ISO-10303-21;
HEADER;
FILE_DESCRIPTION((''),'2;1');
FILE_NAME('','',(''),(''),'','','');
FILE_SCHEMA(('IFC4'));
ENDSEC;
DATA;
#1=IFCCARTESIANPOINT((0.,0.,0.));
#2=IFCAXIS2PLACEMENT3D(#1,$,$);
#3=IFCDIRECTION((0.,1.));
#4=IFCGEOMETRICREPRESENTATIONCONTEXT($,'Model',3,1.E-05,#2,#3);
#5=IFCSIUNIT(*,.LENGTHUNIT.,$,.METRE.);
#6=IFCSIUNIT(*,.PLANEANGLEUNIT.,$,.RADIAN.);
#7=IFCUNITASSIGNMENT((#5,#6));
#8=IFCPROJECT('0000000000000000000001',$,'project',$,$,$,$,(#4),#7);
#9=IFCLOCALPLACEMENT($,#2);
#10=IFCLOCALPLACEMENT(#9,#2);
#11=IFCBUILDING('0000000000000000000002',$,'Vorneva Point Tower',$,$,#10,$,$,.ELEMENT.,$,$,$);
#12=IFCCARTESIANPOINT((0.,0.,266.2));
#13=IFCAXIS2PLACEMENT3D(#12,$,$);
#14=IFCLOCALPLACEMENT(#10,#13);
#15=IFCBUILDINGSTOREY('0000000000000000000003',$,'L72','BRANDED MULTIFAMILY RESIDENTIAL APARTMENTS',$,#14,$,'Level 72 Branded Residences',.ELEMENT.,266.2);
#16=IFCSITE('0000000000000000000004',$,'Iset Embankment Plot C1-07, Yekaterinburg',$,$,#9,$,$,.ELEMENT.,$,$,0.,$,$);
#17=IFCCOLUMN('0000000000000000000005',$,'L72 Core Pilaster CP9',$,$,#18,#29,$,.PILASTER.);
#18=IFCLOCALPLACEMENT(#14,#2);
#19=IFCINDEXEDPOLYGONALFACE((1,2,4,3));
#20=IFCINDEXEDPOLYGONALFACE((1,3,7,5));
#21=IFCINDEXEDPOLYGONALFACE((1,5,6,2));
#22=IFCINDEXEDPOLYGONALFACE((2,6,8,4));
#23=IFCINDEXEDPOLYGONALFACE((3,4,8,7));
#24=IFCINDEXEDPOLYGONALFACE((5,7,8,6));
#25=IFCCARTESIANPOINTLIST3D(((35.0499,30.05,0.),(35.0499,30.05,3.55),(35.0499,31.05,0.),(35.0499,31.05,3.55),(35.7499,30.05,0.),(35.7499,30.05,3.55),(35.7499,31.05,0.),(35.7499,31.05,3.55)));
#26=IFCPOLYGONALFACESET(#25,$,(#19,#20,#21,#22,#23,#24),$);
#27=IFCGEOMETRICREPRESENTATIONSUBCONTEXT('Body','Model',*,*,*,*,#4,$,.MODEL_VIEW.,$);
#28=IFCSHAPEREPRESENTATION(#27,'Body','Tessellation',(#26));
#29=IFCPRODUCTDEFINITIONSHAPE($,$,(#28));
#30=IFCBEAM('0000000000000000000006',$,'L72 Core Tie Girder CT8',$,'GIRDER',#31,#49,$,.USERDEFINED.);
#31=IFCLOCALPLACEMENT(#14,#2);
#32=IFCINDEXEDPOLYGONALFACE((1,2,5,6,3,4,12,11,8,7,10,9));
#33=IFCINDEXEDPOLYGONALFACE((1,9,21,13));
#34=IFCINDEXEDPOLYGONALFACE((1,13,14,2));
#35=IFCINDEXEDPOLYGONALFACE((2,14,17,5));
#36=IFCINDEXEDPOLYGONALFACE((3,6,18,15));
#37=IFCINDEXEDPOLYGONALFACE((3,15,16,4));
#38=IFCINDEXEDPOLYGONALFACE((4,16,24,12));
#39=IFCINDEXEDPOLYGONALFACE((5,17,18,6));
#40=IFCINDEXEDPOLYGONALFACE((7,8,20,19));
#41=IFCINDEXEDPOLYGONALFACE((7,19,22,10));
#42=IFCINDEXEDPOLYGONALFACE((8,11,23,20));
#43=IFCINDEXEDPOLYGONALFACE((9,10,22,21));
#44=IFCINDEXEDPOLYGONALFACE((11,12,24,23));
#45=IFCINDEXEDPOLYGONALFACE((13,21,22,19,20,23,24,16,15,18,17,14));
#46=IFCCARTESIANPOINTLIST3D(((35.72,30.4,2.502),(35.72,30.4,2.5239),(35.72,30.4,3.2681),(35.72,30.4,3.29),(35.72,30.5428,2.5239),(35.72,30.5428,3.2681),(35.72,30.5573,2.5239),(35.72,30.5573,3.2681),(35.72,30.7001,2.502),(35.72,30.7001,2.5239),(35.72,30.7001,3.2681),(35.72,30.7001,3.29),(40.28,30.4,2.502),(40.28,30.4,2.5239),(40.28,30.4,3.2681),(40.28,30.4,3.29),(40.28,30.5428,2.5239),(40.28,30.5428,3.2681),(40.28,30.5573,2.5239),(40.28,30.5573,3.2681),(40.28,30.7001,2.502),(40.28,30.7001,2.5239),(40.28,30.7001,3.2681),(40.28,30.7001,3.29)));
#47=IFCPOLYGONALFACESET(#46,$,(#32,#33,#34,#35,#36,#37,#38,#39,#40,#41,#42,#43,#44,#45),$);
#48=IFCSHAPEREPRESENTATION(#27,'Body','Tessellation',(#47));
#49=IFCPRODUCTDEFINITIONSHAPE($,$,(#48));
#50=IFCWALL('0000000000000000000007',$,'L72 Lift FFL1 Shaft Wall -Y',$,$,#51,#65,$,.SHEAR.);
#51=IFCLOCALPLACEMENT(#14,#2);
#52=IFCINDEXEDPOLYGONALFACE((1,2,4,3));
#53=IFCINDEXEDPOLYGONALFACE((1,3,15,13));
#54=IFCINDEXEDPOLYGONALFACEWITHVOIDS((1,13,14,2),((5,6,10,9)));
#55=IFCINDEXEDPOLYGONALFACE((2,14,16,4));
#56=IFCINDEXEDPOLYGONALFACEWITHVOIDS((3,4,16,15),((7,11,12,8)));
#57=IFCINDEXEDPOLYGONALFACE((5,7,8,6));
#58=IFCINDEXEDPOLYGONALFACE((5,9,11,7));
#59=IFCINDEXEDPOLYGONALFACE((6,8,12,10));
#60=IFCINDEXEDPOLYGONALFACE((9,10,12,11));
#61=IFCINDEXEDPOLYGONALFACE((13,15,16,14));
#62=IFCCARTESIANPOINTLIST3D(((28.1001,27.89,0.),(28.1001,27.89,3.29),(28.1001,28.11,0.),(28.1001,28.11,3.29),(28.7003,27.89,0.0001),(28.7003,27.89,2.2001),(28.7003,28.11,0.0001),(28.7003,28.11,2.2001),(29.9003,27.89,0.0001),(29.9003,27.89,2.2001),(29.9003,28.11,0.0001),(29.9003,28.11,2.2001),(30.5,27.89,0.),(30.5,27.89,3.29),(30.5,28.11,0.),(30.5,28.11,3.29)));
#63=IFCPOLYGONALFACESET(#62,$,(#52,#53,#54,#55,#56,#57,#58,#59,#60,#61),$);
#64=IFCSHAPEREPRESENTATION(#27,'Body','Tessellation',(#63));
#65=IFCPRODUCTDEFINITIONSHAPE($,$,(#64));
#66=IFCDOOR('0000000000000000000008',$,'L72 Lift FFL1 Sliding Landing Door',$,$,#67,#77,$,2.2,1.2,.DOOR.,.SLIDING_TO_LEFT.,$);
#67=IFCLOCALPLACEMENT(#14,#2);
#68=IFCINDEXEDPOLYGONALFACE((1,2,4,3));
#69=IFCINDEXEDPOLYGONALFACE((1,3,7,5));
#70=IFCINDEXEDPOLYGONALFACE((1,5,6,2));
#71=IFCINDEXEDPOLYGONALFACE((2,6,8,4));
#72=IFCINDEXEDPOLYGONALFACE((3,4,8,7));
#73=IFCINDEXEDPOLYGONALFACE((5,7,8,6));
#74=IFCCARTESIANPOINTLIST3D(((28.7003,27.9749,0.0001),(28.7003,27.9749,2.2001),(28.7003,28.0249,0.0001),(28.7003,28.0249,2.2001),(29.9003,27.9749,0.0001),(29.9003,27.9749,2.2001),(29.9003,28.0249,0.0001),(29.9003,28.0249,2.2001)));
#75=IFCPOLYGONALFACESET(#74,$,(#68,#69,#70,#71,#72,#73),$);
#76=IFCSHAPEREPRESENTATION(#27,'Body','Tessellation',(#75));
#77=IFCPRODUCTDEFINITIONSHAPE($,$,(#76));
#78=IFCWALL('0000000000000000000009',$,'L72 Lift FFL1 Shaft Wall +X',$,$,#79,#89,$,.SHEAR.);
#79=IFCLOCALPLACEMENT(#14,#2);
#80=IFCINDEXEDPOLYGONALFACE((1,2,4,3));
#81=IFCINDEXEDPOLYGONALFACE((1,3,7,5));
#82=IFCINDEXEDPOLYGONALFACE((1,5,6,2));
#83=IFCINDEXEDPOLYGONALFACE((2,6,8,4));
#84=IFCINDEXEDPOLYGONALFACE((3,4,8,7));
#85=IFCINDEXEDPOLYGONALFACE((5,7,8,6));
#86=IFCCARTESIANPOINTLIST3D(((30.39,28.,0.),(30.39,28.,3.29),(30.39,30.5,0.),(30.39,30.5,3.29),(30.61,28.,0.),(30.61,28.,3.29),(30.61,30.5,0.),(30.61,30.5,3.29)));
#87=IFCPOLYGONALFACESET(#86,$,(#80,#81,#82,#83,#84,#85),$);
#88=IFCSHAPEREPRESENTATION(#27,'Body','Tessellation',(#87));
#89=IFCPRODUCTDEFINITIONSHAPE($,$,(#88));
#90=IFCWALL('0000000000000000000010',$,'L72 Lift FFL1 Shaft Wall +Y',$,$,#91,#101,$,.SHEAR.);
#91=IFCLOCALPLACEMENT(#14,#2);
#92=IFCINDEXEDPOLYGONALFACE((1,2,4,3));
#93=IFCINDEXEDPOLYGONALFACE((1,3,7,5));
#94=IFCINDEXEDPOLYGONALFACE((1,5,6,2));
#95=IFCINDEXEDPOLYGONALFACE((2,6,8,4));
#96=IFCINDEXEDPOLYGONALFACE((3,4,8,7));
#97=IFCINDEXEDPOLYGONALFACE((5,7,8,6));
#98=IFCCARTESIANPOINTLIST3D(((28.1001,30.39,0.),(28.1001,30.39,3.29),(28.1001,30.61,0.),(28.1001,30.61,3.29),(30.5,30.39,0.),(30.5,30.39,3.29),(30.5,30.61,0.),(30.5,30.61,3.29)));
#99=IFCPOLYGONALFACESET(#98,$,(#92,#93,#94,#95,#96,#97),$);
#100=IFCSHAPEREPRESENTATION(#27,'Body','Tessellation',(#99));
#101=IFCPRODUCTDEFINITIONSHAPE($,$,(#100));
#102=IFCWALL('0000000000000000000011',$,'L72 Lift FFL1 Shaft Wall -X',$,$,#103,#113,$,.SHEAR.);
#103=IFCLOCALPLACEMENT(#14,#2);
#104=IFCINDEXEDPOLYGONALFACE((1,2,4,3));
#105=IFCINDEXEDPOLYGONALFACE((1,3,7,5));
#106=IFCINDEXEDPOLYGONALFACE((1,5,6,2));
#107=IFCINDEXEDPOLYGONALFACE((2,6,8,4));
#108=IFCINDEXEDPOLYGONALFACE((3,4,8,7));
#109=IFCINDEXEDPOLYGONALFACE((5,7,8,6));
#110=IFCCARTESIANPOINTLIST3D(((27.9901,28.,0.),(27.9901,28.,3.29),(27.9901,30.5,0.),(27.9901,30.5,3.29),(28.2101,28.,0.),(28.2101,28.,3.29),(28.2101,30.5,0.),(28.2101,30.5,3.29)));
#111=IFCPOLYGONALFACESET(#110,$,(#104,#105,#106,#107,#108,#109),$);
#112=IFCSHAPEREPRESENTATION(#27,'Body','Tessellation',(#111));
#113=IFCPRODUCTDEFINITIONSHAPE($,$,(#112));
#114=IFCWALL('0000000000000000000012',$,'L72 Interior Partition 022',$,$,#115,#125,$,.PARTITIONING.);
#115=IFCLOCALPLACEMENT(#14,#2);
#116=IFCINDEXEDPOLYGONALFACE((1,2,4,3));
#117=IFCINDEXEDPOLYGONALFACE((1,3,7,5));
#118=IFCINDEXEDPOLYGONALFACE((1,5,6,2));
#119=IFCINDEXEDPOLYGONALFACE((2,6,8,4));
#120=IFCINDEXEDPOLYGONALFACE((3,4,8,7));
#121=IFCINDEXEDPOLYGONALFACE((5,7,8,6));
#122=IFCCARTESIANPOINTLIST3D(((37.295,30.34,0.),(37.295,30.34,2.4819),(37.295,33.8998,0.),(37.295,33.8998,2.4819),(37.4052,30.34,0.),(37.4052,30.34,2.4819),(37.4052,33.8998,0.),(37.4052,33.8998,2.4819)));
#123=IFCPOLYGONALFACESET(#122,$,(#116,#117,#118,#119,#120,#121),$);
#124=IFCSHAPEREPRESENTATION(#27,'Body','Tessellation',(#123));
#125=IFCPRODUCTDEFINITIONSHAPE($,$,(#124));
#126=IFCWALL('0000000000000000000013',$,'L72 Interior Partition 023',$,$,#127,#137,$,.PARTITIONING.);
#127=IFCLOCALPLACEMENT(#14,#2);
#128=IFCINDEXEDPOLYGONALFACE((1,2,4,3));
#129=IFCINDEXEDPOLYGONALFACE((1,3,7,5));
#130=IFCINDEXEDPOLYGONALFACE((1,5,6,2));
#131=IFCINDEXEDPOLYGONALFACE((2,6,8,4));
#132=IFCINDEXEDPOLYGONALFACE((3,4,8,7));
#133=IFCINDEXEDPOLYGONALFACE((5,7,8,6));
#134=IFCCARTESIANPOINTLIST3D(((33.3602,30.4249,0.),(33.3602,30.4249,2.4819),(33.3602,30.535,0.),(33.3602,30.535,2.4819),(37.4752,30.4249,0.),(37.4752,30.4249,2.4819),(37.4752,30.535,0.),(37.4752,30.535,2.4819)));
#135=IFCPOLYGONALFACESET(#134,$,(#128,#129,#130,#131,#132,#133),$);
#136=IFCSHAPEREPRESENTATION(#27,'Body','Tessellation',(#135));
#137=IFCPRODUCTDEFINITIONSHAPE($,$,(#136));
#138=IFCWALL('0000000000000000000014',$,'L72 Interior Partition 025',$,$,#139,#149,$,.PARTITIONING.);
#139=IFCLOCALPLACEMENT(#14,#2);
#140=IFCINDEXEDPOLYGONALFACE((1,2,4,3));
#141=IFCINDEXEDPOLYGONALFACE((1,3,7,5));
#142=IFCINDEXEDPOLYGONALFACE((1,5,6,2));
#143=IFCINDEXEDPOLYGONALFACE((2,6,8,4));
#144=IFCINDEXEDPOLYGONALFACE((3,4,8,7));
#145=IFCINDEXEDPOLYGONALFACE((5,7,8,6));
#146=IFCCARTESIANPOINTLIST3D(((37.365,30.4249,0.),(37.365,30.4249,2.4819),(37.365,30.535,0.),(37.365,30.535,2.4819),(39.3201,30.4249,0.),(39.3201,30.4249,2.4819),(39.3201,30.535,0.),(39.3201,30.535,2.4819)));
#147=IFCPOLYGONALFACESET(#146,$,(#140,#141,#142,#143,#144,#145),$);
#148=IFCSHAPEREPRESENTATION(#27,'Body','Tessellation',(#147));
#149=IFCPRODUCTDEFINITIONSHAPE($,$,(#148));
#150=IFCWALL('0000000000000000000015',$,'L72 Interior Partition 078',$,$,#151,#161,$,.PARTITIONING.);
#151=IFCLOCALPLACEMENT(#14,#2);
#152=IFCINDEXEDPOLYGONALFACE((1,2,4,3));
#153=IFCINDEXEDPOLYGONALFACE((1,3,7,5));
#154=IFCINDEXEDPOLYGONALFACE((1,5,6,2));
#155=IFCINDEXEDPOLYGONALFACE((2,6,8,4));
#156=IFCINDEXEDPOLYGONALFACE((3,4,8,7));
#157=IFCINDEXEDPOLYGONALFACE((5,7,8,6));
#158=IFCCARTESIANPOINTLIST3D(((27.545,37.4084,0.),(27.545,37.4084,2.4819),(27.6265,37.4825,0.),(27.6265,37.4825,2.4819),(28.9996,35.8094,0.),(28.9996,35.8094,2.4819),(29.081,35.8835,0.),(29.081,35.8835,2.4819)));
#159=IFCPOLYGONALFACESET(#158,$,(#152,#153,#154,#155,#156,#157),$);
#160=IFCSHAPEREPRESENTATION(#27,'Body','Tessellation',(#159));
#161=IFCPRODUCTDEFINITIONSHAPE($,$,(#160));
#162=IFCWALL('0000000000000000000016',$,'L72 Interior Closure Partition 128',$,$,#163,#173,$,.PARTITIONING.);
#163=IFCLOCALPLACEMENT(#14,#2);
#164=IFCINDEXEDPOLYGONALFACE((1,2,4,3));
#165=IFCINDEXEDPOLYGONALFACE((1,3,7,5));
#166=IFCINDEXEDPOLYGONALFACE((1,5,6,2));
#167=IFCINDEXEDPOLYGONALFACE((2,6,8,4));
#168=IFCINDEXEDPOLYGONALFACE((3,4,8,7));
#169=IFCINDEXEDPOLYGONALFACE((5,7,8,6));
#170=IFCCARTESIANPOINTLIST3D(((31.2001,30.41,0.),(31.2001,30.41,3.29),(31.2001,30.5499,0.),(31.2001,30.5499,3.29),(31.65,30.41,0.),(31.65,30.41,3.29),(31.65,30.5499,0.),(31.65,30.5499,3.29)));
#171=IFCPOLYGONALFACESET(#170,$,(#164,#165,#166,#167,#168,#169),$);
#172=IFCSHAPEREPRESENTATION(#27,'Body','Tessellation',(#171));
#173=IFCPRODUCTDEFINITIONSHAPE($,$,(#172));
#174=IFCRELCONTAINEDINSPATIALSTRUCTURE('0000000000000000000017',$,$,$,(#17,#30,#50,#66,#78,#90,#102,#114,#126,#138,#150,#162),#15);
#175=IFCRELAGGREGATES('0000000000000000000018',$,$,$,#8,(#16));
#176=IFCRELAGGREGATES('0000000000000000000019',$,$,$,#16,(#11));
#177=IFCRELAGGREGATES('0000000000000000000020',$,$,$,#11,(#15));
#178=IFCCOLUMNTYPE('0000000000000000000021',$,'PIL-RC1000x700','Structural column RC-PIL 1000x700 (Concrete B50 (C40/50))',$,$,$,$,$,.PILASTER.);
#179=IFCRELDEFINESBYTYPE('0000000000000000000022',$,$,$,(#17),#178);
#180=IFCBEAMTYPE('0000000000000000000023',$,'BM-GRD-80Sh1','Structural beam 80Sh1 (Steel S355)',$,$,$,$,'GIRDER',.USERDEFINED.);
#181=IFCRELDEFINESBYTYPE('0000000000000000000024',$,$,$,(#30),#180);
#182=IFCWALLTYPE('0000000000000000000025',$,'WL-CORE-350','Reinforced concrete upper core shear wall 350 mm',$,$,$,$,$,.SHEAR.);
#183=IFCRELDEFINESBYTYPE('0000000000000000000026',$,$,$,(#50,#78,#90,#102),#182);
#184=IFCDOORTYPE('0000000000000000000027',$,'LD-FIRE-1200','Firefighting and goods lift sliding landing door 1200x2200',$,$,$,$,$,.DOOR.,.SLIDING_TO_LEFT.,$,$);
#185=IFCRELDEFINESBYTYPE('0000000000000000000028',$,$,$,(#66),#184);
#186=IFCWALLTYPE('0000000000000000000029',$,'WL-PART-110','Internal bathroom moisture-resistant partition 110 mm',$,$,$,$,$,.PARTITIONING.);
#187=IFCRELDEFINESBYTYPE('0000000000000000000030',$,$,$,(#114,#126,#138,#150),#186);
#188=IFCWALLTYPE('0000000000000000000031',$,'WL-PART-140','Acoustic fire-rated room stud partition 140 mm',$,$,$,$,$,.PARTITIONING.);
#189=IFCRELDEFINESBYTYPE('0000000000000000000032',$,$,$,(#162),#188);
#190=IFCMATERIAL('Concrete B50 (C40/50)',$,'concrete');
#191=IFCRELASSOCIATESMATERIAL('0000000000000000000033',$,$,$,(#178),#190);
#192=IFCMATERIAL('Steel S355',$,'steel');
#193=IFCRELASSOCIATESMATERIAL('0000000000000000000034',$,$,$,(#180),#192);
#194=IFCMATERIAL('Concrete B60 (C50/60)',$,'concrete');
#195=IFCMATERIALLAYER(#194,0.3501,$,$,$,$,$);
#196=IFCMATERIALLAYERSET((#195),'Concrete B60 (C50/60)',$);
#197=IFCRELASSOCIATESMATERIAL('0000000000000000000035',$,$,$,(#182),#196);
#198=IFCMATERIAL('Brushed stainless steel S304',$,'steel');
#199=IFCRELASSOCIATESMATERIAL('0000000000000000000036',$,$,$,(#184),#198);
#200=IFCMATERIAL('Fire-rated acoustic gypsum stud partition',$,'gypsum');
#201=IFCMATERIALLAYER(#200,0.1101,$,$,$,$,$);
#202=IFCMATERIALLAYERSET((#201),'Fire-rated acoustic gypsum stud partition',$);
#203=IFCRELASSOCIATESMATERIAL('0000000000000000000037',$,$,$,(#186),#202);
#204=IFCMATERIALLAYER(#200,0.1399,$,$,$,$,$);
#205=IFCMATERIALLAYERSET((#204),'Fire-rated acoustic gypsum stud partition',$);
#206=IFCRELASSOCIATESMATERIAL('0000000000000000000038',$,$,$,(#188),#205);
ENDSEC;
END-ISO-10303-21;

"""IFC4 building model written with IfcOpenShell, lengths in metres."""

from ifc_helpers import new_model, si_unit, direction, frame, frame_2d, origin, origin_2d, place, context, subcontext, project, spatial, rectangle, i_section, extrude, material, layer, layer_set, material_profile, profile_set, type_object, element, fill, save


model = new_model("IFC4")

# Units and contexts
model_context = context("Model", 3, precision=1e-05, world=origin(), true_north=direction((0.0, 1.0)))
body_context = subcontext(model_context, "Body", "Model", "MODEL_VIEW")
ifc_project = project(units=[si_unit("LENGTHUNIT", "METRE"), si_unit("PLANEANGLEUNIT", "RADIAN")], contexts=[model_context])

# Site, building, storey
site_placement = place(None, origin())
site = spatial("IfcSite", under=ifc_project, at=site_placement, Name="Iset Embankment Plot C1-07, Yekaterinburg", CompositionType="ELEMENT", RefElevation=0.0)
building_placement = place(site_placement, origin())
building = spatial("IfcBuilding", under=site, at=building_placement, Name="Vorneva Point Tower", CompositionType="ELEMENT")
storey_placement = place(building_placement, frame((0.0, 0.0, 266.2)))
storey = spatial("IfcBuildingStorey", under=building, at=storey_placement, Name="L72", Description="BRANDED MULTIFAMILY RESIDENTIAL APARTMENTS", LongName="Level 72 Branded Residences", CompositionType="ELEMENT", Elevation=266.2)

# Column
ifc_material_1 = material(Name="Concrete B50 (C40/50)", Category="concrete")
ifc_material_profile_1 = material_profile(ifc_material_1, rectangle(XDim=0.7, YDim=1.0, at=origin_2d()), Name="RC-PIL 1000x700")
ifc_profile_set_1 = profile_set([ifc_material_profile_1], Name="Concrete B50 (C40/50)")
column_type = type_object("IfcColumnType", Name="PIL-RC1000x700", Description="Structural column RC-PIL 1000x700 (Concrete B50 (C40/50))", PredefinedType="PILASTER", material=ifc_profile_set_1)
column_placement = place(storey_placement, frame((35.3999, 30.55, 0.0), z_axis=(0.0, 0.0, 1.0), x_axis=(1.0, 0.0, 0.0)))
element("IfcColumn", 1, at=column_placement, inside=storey, type_object=column_type, Name="L72 Core Pilaster CP9", PredefinedType="PILASTER", context=body_context, shape_type="SweptSolid", body=[
    extrude(rectangle(XDim=0.7, YDim=1.0, at=origin_2d()), origin(), (0.0, 0.0, 1.0), 3.55),
])

# Beam
ifc_material_2 = material(Name="Steel S355", Category="steel")
ifc_material_profile_2 = material_profile(ifc_material_2, i_section(OverallWidth=0.3, OverallDepth=0.7881, WebThickness=0.0144, FlangeThickness=0.022, at=origin_2d()), Name="80Sh1")
ifc_profile_set_2 = profile_set([ifc_material_profile_2], Name="Steel S355")
beam_type = type_object("IfcBeamType", Name="BM-GRD-80Sh1", Description="Structural beam 80Sh1 (Steel S355)", ElementType="GIRDER", PredefinedType="USERDEFINED", material=ifc_profile_set_2)
beam_placement = place(storey_placement, frame((35.72, 30.55, 2.896), z_axis=(1.0, 0.0, 0.0), x_axis=(0.0, 1.0, 0.0)))
element("IfcBeam", 2, at=beam_placement, inside=storey, type_object=beam_type, Name="L72 Core Tie Girder CT8", ObjectType="GIRDER", PredefinedType="USERDEFINED", context=body_context, shape_type="SweptSolid", body=[
    extrude(i_section(OverallWidth=0.3, OverallDepth=0.7881, WebThickness=0.0144, FlangeThickness=0.022, at=origin_2d()), origin(), (0.0, 0.0, 1.0), 4.5601),
])

# Wall, opening, door
ifc_material_3 = material(Name="Concrete B60 (C50/60)", Category="concrete")
ifc_layer_1 = layer(ifc_material_3, 0.3501)
ifc_layer_set_1 = layer_set([ifc_layer_1], Name="Concrete B60 (C50/60)")
wall_type_1 = type_object("IfcWallType", Name="WL-CORE-350", Description="Reinforced concrete upper core shear wall 350 mm", PredefinedType="SHEAR", material=ifc_layer_set_1)
wall_1_placement = place(storey_placement, frame((28.1001, 28.0, 0.0), z_axis=(0.0, 0.0, 1.0), x_axis=(1.0, 0.0, 0.0)))
wall_1 = element("IfcWall", 3, at=wall_1_placement, inside=storey, type_object=wall_type_1, Name="L72 Lift FFL1 Shaft Wall -Y", PredefinedType="SHEAR", context=body_context, shape_type="SweptSolid", body=[
    extrude(rectangle(XDim=2.3999, YDim=0.22, at=frame_2d((1.2, 0.0))), origin(), (0.0, 0.0, 1.0), 3.29),
])
opening_1_placement = place(wall_1_placement, frame((0.6001, 0.0, 0.0)))
opening_1 = element("IfcOpeningElement", 4, at=opening_1_placement, cuts=wall_1, PredefinedType="OPENING", context=body_context, shape_type="SweptSolid", body=[
    extrude(rectangle(XDim=1.2, YDim=2.2, at=frame_2d((0.6001, 1.1001))), frame((0.0, 0.125, 0.0), z_axis=(0.0, -1.0, 0.0), x_axis=(1.0, 0.0, 0.0)), (0.0, 0.0, 1.0), 0.2498),
])
ifc_material_4 = material(Name="Brushed stainless steel S304", Category="steel")
door_type_1 = type_object("IfcDoorType", Name="LD-FIRE-1200", Description="Firefighting and goods lift sliding landing door 1200x2200", OperationType="SLIDING_TO_LEFT", PredefinedType="DOOR", material=ifc_material_4)
door_1_placement = place(opening_1_placement, origin())
door_1 = element("IfcDoor", 5, at=door_1_placement, inside=storey, type_object=door_type_1, Name="L72 Lift FFL1 Sliding Landing Door", OperationType="SLIDING_TO_LEFT", OverallHeight=2.2, OverallWidth=1.2, PredefinedType="DOOR", context=body_context, shape_type="SweptSolid", body=[
    extrude(rectangle(XDim=1.2, YDim=2.2, at=frame_2d((0.6001, 1.1001))), frame((0.0, 0.0249, 0.0), z_axis=(0.0, -1.0, 0.0), x_axis=(1.0, 0.0, 0.0)), (0.0, 0.0, 1.0), 0.05),
])
fill(opening_1, door_1)

# Walls
wall_2_placement = place(storey_placement, frame((30.5, 28.0, 0.0), z_axis=(0.0, 0.0, 1.0), x_axis=(0.0, 1.0, 0.0)))
element("IfcWall", 6, at=wall_2_placement, inside=storey, type_object=wall_type_1, Name="L72 Lift FFL1 Shaft Wall +X", PredefinedType="SHEAR", context=body_context, shape_type="SweptSolid", body=[
    extrude(rectangle(XDim=2.5, YDim=0.22, at=frame_2d((1.25, 0.0))), origin(), (0.0, 0.0, 1.0), 3.29),
])
wall_3_placement = place(storey_placement, frame((30.5, 30.5, 0.0), z_axis=(0.0, 0.0, 1.0), x_axis=(-1.0, 0.0, 0.0)))
element("IfcWall", 7, at=wall_3_placement, inside=storey, type_object=wall_type_1, Name="L72 Lift FFL1 Shaft Wall +Y", PredefinedType="SHEAR", context=body_context, shape_type="SweptSolid", body=[
    extrude(rectangle(XDim=2.3999, YDim=0.22, at=frame_2d((1.2, 0.0))), origin(), (0.0, 0.0, 1.0), 3.29),
])
wall_4_placement = place(storey_placement, frame((28.1001, 30.5, 0.0), z_axis=(0.0, 0.0, 1.0), x_axis=(0.0, -1.0, 0.0)))
element("IfcWall", 8, at=wall_4_placement, inside=storey, type_object=wall_type_1, Name="L72 Lift FFL1 Shaft Wall -X", PredefinedType="SHEAR", context=body_context, shape_type="SweptSolid", body=[
    extrude(rectangle(XDim=2.5, YDim=0.22, at=frame_2d((1.25, 0.0))), origin(), (0.0, 0.0, 1.0), 3.29),
])
ifc_material_5 = material(Name="Fire-rated acoustic gypsum stud partition", Category="gypsum")
ifc_layer_2 = layer(ifc_material_5, 0.1101)
ifc_layer_set_2 = layer_set([ifc_layer_2], Name="Fire-rated acoustic gypsum stud partition")
wall_type_2 = type_object("IfcWallType", Name="WL-PART-110", Description="Internal bathroom moisture-resistant partition 110 mm", PredefinedType="PARTITIONING", material=ifc_layer_set_2)
wall_5_placement = place(storey_placement, frame((37.3501, 30.3401, 0.0), z_axis=(0.0, 0.0, 1.0), x_axis=(0.0, 1.0, 0.0)))
element("IfcWall", 9, at=wall_5_placement, inside=storey, type_object=wall_type_2, Name="L72 Interior Partition 022", PredefinedType="PARTITIONING", context=body_context, shape_type="SweptSolid", body=[
    extrude(rectangle(XDim=3.5598, YDim=0.1101, at=frame_2d((1.7798, 0.0))), origin(), (0.0, 0.0, 1.0), 2.4819),
])
wall_6_placement = place(storey_placement, frame((33.3601, 30.48, 0.0), z_axis=(0.0, 0.0, 1.0), x_axis=(1.0, 0.0, 0.0)))
element("IfcWall", 10, at=wall_6_placement, inside=storey, type_object=wall_type_2, Name="L72 Interior Partition 023", PredefinedType="PARTITIONING", context=body_context, shape_type="SweptSolid", body=[
    extrude(rectangle(XDim=4.115, YDim=0.1101, at=frame_2d((2.0576, 0.0))), origin(), (0.0, 0.0, 1.0), 2.4819),
])
wall_7_placement = place(storey_placement, frame((37.365, 30.48, 0.0), z_axis=(0.0, 0.0, 1.0), x_axis=(1.0, 0.0, 0.0)))
element("IfcWall", 11, at=wall_7_placement, inside=storey, type_object=wall_type_2, Name="L72 Interior Partition 025", PredefinedType="PARTITIONING", context=body_context, shape_type="SweptSolid", body=[
    extrude(rectangle(XDim=1.9551, YDim=0.1101, at=frame_2d((0.9775, 0.0))), origin(), (0.0, 0.0, 1.0), 2.4819),
])
wall_8_placement = place(storey_placement, frame((29.0403, 35.8464, 0.0), z_axis=(0.0, 0.0, 1.0), x_axis=(-0.672886, 0.739746, 0.0)))
element("IfcWall", 12, at=wall_8_placement, inside=storey, type_object=wall_type_2, Name="L72 Interior Partition 078", PredefinedType="PARTITIONING", context=body_context, shape_type="SweptSolid", body=[
    extrude(rectangle(XDim=2.1616, YDim=0.1101, at=frame_2d((1.0808, 0.0))), origin(), (0.0, 0.0, 1.0), 2.4819),
])
ifc_layer_3 = layer(ifc_material_5, 0.1399)
ifc_layer_set_3 = layer_set([ifc_layer_3], Name="Fire-rated acoustic gypsum stud partition")
wall_type_3 = type_object("IfcWallType", Name="WL-PART-140", Description="Acoustic fire-rated room stud partition 140 mm", PredefinedType="PARTITIONING", material=ifc_layer_set_3)
wall_9_placement = place(storey_placement, frame((31.2, 30.48, 0.0), z_axis=(0.0, 0.0, 1.0), x_axis=(1.0, 0.0, 0.0)))
element("IfcWall", 13, at=wall_9_placement, inside=storey, type_object=wall_type_3, Name="L72 Interior Closure Partition 128", PredefinedType="PARTITIONING", context=body_context, shape_type="SweptSolid", body=[
    extrude(rectangle(XDim=0.45, YDim=0.1399, at=frame_2d((0.2251, 0.0))), origin(), (0.0, 0.0, 1.0), 3.29),
])

save(model, "model.ifc")
